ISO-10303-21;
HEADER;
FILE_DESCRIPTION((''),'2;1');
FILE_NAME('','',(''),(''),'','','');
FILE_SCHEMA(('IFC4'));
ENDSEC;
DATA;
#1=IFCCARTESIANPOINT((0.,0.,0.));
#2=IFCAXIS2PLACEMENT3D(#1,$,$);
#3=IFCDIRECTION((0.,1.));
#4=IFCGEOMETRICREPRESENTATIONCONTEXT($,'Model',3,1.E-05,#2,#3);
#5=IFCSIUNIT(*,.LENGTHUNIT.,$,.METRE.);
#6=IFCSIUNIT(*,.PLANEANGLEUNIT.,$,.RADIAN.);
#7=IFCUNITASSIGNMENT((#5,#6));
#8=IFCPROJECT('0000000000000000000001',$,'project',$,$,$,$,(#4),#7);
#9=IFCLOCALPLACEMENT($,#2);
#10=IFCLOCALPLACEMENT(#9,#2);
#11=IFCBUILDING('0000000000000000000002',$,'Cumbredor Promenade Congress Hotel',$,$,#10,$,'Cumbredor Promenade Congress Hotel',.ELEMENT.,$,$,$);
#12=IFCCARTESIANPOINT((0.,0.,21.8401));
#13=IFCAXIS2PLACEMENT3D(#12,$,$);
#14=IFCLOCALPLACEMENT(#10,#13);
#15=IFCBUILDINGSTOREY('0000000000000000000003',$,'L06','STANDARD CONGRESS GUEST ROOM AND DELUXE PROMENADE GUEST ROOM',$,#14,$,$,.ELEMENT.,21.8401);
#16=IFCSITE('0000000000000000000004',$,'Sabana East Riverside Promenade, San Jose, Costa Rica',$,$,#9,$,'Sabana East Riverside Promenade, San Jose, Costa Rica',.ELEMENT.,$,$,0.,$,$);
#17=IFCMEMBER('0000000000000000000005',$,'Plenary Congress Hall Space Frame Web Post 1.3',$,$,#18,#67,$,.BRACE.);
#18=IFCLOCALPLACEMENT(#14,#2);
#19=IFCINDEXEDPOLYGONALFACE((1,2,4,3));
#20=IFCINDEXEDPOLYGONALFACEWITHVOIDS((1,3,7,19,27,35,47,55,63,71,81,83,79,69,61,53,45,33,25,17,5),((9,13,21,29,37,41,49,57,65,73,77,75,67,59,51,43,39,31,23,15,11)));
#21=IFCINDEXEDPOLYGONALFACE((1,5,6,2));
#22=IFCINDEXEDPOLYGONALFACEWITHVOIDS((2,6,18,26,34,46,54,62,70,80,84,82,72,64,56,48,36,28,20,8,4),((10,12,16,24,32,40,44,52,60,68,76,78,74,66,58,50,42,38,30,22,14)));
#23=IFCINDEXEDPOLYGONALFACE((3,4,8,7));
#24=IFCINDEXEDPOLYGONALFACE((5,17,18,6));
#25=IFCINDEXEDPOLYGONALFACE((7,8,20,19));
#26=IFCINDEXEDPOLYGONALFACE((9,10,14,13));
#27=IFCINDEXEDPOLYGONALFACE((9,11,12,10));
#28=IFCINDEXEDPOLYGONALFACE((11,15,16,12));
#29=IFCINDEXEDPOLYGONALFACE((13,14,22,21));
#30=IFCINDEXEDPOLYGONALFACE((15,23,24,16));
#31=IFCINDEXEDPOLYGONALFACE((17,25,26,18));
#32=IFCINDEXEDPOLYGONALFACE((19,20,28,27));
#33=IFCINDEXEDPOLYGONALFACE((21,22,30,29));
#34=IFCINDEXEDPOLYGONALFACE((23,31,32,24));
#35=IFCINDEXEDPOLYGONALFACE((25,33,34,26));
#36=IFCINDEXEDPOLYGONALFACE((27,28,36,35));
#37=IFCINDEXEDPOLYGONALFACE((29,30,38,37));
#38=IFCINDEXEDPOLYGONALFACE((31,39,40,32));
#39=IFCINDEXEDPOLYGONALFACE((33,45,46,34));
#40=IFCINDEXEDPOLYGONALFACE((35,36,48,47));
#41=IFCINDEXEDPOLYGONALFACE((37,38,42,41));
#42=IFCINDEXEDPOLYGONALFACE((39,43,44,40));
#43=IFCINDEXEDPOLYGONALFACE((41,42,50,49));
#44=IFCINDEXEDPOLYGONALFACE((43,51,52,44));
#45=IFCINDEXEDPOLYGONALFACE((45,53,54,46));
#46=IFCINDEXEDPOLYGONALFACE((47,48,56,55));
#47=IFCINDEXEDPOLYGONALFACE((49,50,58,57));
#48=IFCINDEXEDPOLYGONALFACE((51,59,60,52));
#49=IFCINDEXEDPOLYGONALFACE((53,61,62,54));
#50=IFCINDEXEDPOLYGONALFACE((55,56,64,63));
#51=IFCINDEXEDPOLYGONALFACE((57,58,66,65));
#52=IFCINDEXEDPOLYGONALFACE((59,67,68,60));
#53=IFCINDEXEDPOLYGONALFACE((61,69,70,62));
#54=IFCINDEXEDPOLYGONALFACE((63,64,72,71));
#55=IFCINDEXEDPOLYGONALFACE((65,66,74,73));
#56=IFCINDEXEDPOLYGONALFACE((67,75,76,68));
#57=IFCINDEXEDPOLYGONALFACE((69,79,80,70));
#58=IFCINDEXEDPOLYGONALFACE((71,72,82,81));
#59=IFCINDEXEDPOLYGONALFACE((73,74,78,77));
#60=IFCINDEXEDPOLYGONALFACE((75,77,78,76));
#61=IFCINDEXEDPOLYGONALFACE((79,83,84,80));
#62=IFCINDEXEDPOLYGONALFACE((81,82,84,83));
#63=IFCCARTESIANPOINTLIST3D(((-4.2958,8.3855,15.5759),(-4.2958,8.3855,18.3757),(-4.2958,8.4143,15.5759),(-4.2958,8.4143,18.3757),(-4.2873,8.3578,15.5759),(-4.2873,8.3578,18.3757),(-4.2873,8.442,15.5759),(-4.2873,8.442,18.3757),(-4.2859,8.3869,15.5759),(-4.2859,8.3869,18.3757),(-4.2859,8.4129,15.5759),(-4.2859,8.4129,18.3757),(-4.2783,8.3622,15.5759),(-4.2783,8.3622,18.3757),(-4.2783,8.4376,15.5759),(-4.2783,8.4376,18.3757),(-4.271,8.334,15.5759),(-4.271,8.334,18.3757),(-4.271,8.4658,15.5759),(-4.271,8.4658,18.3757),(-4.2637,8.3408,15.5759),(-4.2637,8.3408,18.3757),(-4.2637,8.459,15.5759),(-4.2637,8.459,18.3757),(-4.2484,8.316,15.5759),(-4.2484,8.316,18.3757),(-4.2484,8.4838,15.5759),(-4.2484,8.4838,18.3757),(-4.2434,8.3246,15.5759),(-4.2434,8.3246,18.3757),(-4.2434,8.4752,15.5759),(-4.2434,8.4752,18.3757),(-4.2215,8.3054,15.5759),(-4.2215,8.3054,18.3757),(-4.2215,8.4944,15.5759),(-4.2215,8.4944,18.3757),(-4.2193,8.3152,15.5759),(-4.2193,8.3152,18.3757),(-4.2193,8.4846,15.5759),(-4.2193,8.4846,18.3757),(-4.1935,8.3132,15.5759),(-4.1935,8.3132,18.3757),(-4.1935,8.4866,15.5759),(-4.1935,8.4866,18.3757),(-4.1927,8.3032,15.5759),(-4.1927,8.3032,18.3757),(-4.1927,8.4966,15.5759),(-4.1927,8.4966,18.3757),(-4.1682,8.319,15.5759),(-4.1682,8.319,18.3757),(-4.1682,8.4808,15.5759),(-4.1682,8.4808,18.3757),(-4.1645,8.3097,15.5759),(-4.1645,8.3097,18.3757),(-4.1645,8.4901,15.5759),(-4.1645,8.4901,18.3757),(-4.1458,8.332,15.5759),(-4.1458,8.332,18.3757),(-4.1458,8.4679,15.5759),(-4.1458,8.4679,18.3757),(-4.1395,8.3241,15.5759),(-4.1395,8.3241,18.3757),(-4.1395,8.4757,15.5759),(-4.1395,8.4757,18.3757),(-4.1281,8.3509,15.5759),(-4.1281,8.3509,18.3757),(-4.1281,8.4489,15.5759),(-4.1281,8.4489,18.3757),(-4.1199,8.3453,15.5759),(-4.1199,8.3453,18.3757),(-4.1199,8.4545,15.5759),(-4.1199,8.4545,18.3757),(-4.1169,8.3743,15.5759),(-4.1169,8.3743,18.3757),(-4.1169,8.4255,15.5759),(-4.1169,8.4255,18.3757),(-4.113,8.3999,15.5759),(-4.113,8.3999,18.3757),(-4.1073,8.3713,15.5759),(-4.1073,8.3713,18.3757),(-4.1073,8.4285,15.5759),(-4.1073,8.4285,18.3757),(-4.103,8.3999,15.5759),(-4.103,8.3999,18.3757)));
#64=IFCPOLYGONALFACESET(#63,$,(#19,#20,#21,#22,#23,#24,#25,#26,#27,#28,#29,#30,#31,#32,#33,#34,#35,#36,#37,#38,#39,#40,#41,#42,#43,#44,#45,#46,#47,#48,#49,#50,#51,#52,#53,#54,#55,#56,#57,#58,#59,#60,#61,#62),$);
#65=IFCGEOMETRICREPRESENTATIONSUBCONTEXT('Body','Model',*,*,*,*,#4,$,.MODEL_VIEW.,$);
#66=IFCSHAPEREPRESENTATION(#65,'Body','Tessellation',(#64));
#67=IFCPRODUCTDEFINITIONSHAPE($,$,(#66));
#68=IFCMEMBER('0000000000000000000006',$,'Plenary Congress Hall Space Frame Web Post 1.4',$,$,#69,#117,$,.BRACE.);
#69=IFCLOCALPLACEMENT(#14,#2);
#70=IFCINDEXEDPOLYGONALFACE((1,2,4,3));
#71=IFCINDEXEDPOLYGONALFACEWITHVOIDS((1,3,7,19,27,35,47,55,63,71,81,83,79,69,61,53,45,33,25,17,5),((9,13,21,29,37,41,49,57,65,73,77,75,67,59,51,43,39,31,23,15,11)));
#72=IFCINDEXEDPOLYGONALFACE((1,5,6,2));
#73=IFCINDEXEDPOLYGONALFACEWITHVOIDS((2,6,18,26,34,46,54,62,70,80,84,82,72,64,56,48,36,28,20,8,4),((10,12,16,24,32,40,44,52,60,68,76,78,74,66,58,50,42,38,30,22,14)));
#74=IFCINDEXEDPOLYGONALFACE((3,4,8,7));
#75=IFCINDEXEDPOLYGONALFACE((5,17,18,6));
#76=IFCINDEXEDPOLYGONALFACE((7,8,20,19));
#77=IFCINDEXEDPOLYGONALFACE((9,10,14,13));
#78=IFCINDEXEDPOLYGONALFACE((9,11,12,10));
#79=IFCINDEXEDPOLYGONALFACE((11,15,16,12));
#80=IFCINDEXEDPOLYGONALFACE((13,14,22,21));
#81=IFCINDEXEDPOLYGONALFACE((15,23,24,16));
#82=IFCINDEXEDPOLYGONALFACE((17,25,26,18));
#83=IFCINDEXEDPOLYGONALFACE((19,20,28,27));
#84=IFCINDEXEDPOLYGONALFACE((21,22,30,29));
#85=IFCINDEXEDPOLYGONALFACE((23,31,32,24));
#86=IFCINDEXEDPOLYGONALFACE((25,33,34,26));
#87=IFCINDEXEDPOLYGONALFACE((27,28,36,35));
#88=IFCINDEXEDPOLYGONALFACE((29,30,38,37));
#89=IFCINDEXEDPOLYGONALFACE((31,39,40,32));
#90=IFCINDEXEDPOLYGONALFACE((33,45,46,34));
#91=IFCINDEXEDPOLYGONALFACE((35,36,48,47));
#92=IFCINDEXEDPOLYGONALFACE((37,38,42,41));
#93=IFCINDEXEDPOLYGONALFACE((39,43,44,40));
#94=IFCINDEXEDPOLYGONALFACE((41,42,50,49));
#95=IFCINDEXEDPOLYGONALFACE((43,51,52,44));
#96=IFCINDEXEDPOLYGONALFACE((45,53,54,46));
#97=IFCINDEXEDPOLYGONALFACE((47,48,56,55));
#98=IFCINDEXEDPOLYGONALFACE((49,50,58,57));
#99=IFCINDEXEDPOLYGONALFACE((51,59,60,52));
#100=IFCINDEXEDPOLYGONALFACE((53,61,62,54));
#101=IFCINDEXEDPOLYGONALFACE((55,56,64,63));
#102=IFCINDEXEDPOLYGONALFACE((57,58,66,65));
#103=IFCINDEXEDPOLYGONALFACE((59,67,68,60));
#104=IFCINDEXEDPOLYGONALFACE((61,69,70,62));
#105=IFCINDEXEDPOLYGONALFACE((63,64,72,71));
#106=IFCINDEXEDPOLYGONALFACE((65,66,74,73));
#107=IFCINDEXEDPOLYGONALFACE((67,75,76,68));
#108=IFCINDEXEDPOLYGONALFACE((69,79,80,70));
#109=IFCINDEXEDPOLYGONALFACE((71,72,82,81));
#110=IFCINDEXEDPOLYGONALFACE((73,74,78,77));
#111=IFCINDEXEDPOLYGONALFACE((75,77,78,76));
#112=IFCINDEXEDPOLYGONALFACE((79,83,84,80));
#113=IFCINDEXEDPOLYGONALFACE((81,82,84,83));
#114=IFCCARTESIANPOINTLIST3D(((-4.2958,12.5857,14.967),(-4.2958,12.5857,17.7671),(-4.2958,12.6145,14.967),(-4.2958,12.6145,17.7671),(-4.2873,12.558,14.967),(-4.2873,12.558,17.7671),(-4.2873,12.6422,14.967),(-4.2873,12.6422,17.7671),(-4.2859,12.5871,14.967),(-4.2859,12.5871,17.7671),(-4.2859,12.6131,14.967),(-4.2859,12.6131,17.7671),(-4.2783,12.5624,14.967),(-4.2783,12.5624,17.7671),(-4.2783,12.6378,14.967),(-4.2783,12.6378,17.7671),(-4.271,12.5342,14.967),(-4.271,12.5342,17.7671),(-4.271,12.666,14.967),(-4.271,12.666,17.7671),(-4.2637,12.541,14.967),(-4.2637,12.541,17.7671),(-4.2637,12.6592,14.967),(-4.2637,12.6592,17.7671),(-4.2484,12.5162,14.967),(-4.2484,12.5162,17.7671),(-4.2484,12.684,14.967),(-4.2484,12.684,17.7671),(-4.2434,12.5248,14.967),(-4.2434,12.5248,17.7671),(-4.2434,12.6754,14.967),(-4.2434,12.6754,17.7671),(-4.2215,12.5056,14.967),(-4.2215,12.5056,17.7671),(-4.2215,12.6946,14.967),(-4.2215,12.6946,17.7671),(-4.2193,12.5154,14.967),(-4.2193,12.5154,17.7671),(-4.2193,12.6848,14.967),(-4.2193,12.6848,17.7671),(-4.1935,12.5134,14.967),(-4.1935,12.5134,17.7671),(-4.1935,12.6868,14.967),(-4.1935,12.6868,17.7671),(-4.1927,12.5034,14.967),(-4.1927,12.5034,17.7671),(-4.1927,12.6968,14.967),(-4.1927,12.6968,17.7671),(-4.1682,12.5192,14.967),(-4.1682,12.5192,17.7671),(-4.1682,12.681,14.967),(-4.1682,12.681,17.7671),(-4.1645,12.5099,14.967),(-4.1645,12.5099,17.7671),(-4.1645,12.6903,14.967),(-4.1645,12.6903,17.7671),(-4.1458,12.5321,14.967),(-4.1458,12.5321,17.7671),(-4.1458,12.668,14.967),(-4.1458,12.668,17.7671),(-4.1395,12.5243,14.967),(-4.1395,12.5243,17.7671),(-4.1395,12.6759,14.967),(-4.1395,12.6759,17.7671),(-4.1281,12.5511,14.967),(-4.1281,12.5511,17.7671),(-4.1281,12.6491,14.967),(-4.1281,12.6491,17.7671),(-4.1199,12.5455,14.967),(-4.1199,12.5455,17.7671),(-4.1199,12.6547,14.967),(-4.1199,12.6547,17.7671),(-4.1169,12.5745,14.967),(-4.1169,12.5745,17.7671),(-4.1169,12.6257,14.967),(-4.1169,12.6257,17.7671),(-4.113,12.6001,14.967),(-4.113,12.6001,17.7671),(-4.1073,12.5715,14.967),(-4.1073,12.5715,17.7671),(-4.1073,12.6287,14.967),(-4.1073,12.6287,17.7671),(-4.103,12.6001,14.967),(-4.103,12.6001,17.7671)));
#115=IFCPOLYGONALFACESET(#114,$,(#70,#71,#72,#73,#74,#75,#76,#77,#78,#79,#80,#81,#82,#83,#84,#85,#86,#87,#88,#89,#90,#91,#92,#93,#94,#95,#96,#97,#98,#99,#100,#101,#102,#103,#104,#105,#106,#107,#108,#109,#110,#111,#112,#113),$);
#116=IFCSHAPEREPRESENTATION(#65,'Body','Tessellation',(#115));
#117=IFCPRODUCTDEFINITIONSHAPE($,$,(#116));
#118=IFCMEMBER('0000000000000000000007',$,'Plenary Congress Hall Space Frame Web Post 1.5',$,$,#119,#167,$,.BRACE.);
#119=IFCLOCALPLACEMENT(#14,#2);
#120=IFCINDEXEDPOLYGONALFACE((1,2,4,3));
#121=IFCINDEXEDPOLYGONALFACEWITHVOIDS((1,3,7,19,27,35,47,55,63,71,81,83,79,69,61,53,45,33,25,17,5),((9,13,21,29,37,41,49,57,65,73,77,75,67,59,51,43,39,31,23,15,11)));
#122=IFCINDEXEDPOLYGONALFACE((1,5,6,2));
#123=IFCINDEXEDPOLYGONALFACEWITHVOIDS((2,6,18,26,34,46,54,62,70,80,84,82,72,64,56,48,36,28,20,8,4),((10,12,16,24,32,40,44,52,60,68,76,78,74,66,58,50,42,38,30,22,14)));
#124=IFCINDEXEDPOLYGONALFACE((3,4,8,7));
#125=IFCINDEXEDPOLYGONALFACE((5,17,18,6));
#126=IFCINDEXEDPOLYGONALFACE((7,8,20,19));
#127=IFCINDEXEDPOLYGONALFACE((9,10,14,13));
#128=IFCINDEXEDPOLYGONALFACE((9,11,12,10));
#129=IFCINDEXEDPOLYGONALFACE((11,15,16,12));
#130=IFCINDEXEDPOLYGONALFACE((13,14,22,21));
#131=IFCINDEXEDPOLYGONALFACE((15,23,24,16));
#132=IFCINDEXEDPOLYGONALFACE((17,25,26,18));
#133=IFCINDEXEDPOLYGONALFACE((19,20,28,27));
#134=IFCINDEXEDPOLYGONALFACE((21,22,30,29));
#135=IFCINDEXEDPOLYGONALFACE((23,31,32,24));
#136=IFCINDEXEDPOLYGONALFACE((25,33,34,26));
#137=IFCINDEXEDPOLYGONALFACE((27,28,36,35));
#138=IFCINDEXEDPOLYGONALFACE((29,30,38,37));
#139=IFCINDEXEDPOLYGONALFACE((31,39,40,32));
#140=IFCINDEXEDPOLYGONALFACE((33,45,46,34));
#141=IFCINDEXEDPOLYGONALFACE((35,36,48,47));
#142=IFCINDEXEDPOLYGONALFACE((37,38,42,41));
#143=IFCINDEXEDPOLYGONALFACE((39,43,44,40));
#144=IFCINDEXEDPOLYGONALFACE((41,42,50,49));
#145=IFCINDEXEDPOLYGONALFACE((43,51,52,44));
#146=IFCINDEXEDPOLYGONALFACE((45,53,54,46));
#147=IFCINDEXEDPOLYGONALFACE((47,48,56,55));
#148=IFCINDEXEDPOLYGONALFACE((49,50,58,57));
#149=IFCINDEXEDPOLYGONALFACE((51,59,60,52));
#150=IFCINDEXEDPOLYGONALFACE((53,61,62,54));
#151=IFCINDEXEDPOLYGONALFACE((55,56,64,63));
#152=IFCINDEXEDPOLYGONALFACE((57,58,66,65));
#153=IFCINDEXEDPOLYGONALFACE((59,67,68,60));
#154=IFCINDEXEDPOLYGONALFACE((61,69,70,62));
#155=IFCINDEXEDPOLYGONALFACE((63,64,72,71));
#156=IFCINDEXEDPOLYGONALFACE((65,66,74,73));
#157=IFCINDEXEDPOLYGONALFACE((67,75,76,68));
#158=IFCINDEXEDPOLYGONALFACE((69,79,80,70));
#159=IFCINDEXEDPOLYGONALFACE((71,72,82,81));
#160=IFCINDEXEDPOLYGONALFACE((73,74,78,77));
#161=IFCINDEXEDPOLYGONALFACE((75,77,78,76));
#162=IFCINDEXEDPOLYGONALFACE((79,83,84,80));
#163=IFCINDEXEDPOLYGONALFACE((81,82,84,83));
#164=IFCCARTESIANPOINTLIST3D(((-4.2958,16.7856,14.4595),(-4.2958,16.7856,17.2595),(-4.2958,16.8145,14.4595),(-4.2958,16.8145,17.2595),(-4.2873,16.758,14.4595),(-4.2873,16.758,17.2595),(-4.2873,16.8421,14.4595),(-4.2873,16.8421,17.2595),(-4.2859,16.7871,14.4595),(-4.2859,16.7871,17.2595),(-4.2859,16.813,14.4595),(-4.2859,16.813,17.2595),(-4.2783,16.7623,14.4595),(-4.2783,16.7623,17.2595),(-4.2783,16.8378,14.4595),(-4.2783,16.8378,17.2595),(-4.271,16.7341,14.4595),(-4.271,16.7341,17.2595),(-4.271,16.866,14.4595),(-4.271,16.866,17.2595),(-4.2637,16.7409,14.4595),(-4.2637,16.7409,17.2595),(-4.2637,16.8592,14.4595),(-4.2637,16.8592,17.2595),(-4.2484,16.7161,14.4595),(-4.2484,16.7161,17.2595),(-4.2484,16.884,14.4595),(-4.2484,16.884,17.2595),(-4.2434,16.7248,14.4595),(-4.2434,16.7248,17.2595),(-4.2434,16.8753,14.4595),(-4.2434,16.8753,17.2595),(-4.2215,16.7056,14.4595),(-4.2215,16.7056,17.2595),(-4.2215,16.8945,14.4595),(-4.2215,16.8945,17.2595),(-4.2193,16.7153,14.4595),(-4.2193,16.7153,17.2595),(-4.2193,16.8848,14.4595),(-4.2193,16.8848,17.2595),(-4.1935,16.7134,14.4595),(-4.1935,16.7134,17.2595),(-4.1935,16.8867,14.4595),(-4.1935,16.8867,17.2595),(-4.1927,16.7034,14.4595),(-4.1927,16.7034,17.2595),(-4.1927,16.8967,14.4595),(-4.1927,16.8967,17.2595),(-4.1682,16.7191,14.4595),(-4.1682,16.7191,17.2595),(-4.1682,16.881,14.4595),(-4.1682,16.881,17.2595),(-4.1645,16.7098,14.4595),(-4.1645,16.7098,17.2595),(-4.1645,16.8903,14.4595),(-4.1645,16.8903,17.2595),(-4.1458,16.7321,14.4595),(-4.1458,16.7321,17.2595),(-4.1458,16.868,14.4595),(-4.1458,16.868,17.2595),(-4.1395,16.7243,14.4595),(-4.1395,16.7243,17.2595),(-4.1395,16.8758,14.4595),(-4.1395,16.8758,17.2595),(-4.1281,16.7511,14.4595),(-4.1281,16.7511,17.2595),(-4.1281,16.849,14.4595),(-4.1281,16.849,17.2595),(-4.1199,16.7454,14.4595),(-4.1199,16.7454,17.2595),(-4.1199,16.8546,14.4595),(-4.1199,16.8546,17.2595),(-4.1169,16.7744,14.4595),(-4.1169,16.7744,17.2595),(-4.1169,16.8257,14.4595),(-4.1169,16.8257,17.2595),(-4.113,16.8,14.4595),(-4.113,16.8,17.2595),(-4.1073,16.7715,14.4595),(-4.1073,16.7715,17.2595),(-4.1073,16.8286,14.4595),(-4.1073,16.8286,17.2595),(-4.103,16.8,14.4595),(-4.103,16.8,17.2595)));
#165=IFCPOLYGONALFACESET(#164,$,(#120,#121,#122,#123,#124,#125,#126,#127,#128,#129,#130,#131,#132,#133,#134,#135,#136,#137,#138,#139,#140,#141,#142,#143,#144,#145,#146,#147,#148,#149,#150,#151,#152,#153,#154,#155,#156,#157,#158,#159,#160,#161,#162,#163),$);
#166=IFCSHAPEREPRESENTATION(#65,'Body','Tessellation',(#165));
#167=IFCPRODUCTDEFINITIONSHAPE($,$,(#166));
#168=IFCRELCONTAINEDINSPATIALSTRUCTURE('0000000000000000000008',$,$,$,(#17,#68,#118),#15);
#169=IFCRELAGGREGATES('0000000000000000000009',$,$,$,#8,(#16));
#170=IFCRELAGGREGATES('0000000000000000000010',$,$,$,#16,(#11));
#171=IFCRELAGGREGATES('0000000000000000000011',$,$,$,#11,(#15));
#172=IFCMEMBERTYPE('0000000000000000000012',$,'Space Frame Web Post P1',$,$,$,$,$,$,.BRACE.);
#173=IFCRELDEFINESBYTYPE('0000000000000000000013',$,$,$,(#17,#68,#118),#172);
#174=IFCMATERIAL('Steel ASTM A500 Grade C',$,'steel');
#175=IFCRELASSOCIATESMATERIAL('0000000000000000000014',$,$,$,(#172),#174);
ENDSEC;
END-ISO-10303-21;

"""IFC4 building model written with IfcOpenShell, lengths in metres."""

from ifc_helpers import new_model, si_unit, direction, frame, origin, origin_2d, place, context, subcontext, project, spatial, hollow_circle, extrude, material, material_profile, profile_set, type_object, element, save


model = new_model("IFC4")

# Units and contexts
model_context = context("Model", 3, precision=1e-05, world=origin(), true_north=direction((0.0, 1.0)))
body_context = subcontext(model_context, "Body", "Model", "MODEL_VIEW")
ifc_project = project(units=[si_unit("LENGTHUNIT", "METRE"), si_unit("PLANEANGLEUNIT", "RADIAN")], contexts=[model_context])

# Site, building, storey
site_placement = place(None, origin())
site = spatial("IfcSite", under=ifc_project, at=site_placement, Name="Sabana East Riverside Promenade, San Jose, Costa Rica", LongName="Sabana East Riverside Promenade, San Jose, Costa Rica", CompositionType="ELEMENT", RefElevation=0.0)
building_placement = place(site_placement, origin())
building = spatial("IfcBuilding", under=site, at=building_placement, Name="Cumbredor Promenade Congress Hotel", LongName="Cumbredor Promenade Congress Hotel", CompositionType="ELEMENT")
storey_placement = place(building_placement, frame((0.0, 0.0, 21.8401)))
storey = spatial("IfcBuildingStorey", under=building, at=storey_placement, Name="L06", Description="STANDARD CONGRESS GUEST ROOM AND DELUXE PROMENADE GUEST ROOM", CompositionType="ELEMENT", Elevation=21.8401)

# Members
ifc_material_1 = material(Name="Steel ASTM A500 Grade C", Category="steel")
ifc_material_profile_1 = material_profile(ifc_material_1, hollow_circle(Radius=0.0969, WallThickness=0.01, at=origin_2d()), Name="CHS 193.7x10")
ifc_profile_set_1 = profile_set([ifc_material_profile_1], Name="Steel ASTM A500 Grade C")
member_type_1 = type_object("IfcMemberType", Name="Space Frame Web Post P1", PredefinedType="BRACE", material=ifc_profile_set_1)
member_1_placement = place(storey_placement, frame((-4.2, 8.3999, 15.5759), z_axis=(0.0, 0.0, 1.0), x_axis=(1.0, 0.0, 0.0)))
element("IfcMember", 1, at=member_1_placement, inside=storey, type_object=member_type_1, Name="Plenary Congress Hall Space Frame Web Post 1.3", PredefinedType="BRACE", context=body_context, shape_type="SweptSolid", body=[
    extrude(hollow_circle(Radius=0.0969, WallThickness=0.01, at=origin_2d()), origin(), (0.0, 0.0, 1.0), 2.7998),
])
for number, where, z_axis, x_axis, name in (
    (2, (-4.2, 12.6001, 14.967), (0.0, 0.0, 1.0), (1.0, 0.0, 0.0), "Plenary Congress Hall Space Frame Web Post 1.4"),
    (3, (-4.2, 16.8, 14.4595), (0.0, 0.0, 1.0), (1.0, 0.0, 0.0), "Plenary Congress Hall Space Frame Web Post 1.5"),
):
    element("IfcMember", number, at=place(storey_placement, frame(where, z_axis=z_axis, x_axis=x_axis)), inside=storey, type_object=member_type_1, Name=name, PredefinedType="BRACE", context=body_context, shape_type="SweptSolid", body=[
        extrude(hollow_circle(Radius=0.0969, WallThickness=0.01, at=origin_2d()), origin(), (0.0, 0.0, 1.0), 2.8),
    ])

save(model, "model.ifc")
